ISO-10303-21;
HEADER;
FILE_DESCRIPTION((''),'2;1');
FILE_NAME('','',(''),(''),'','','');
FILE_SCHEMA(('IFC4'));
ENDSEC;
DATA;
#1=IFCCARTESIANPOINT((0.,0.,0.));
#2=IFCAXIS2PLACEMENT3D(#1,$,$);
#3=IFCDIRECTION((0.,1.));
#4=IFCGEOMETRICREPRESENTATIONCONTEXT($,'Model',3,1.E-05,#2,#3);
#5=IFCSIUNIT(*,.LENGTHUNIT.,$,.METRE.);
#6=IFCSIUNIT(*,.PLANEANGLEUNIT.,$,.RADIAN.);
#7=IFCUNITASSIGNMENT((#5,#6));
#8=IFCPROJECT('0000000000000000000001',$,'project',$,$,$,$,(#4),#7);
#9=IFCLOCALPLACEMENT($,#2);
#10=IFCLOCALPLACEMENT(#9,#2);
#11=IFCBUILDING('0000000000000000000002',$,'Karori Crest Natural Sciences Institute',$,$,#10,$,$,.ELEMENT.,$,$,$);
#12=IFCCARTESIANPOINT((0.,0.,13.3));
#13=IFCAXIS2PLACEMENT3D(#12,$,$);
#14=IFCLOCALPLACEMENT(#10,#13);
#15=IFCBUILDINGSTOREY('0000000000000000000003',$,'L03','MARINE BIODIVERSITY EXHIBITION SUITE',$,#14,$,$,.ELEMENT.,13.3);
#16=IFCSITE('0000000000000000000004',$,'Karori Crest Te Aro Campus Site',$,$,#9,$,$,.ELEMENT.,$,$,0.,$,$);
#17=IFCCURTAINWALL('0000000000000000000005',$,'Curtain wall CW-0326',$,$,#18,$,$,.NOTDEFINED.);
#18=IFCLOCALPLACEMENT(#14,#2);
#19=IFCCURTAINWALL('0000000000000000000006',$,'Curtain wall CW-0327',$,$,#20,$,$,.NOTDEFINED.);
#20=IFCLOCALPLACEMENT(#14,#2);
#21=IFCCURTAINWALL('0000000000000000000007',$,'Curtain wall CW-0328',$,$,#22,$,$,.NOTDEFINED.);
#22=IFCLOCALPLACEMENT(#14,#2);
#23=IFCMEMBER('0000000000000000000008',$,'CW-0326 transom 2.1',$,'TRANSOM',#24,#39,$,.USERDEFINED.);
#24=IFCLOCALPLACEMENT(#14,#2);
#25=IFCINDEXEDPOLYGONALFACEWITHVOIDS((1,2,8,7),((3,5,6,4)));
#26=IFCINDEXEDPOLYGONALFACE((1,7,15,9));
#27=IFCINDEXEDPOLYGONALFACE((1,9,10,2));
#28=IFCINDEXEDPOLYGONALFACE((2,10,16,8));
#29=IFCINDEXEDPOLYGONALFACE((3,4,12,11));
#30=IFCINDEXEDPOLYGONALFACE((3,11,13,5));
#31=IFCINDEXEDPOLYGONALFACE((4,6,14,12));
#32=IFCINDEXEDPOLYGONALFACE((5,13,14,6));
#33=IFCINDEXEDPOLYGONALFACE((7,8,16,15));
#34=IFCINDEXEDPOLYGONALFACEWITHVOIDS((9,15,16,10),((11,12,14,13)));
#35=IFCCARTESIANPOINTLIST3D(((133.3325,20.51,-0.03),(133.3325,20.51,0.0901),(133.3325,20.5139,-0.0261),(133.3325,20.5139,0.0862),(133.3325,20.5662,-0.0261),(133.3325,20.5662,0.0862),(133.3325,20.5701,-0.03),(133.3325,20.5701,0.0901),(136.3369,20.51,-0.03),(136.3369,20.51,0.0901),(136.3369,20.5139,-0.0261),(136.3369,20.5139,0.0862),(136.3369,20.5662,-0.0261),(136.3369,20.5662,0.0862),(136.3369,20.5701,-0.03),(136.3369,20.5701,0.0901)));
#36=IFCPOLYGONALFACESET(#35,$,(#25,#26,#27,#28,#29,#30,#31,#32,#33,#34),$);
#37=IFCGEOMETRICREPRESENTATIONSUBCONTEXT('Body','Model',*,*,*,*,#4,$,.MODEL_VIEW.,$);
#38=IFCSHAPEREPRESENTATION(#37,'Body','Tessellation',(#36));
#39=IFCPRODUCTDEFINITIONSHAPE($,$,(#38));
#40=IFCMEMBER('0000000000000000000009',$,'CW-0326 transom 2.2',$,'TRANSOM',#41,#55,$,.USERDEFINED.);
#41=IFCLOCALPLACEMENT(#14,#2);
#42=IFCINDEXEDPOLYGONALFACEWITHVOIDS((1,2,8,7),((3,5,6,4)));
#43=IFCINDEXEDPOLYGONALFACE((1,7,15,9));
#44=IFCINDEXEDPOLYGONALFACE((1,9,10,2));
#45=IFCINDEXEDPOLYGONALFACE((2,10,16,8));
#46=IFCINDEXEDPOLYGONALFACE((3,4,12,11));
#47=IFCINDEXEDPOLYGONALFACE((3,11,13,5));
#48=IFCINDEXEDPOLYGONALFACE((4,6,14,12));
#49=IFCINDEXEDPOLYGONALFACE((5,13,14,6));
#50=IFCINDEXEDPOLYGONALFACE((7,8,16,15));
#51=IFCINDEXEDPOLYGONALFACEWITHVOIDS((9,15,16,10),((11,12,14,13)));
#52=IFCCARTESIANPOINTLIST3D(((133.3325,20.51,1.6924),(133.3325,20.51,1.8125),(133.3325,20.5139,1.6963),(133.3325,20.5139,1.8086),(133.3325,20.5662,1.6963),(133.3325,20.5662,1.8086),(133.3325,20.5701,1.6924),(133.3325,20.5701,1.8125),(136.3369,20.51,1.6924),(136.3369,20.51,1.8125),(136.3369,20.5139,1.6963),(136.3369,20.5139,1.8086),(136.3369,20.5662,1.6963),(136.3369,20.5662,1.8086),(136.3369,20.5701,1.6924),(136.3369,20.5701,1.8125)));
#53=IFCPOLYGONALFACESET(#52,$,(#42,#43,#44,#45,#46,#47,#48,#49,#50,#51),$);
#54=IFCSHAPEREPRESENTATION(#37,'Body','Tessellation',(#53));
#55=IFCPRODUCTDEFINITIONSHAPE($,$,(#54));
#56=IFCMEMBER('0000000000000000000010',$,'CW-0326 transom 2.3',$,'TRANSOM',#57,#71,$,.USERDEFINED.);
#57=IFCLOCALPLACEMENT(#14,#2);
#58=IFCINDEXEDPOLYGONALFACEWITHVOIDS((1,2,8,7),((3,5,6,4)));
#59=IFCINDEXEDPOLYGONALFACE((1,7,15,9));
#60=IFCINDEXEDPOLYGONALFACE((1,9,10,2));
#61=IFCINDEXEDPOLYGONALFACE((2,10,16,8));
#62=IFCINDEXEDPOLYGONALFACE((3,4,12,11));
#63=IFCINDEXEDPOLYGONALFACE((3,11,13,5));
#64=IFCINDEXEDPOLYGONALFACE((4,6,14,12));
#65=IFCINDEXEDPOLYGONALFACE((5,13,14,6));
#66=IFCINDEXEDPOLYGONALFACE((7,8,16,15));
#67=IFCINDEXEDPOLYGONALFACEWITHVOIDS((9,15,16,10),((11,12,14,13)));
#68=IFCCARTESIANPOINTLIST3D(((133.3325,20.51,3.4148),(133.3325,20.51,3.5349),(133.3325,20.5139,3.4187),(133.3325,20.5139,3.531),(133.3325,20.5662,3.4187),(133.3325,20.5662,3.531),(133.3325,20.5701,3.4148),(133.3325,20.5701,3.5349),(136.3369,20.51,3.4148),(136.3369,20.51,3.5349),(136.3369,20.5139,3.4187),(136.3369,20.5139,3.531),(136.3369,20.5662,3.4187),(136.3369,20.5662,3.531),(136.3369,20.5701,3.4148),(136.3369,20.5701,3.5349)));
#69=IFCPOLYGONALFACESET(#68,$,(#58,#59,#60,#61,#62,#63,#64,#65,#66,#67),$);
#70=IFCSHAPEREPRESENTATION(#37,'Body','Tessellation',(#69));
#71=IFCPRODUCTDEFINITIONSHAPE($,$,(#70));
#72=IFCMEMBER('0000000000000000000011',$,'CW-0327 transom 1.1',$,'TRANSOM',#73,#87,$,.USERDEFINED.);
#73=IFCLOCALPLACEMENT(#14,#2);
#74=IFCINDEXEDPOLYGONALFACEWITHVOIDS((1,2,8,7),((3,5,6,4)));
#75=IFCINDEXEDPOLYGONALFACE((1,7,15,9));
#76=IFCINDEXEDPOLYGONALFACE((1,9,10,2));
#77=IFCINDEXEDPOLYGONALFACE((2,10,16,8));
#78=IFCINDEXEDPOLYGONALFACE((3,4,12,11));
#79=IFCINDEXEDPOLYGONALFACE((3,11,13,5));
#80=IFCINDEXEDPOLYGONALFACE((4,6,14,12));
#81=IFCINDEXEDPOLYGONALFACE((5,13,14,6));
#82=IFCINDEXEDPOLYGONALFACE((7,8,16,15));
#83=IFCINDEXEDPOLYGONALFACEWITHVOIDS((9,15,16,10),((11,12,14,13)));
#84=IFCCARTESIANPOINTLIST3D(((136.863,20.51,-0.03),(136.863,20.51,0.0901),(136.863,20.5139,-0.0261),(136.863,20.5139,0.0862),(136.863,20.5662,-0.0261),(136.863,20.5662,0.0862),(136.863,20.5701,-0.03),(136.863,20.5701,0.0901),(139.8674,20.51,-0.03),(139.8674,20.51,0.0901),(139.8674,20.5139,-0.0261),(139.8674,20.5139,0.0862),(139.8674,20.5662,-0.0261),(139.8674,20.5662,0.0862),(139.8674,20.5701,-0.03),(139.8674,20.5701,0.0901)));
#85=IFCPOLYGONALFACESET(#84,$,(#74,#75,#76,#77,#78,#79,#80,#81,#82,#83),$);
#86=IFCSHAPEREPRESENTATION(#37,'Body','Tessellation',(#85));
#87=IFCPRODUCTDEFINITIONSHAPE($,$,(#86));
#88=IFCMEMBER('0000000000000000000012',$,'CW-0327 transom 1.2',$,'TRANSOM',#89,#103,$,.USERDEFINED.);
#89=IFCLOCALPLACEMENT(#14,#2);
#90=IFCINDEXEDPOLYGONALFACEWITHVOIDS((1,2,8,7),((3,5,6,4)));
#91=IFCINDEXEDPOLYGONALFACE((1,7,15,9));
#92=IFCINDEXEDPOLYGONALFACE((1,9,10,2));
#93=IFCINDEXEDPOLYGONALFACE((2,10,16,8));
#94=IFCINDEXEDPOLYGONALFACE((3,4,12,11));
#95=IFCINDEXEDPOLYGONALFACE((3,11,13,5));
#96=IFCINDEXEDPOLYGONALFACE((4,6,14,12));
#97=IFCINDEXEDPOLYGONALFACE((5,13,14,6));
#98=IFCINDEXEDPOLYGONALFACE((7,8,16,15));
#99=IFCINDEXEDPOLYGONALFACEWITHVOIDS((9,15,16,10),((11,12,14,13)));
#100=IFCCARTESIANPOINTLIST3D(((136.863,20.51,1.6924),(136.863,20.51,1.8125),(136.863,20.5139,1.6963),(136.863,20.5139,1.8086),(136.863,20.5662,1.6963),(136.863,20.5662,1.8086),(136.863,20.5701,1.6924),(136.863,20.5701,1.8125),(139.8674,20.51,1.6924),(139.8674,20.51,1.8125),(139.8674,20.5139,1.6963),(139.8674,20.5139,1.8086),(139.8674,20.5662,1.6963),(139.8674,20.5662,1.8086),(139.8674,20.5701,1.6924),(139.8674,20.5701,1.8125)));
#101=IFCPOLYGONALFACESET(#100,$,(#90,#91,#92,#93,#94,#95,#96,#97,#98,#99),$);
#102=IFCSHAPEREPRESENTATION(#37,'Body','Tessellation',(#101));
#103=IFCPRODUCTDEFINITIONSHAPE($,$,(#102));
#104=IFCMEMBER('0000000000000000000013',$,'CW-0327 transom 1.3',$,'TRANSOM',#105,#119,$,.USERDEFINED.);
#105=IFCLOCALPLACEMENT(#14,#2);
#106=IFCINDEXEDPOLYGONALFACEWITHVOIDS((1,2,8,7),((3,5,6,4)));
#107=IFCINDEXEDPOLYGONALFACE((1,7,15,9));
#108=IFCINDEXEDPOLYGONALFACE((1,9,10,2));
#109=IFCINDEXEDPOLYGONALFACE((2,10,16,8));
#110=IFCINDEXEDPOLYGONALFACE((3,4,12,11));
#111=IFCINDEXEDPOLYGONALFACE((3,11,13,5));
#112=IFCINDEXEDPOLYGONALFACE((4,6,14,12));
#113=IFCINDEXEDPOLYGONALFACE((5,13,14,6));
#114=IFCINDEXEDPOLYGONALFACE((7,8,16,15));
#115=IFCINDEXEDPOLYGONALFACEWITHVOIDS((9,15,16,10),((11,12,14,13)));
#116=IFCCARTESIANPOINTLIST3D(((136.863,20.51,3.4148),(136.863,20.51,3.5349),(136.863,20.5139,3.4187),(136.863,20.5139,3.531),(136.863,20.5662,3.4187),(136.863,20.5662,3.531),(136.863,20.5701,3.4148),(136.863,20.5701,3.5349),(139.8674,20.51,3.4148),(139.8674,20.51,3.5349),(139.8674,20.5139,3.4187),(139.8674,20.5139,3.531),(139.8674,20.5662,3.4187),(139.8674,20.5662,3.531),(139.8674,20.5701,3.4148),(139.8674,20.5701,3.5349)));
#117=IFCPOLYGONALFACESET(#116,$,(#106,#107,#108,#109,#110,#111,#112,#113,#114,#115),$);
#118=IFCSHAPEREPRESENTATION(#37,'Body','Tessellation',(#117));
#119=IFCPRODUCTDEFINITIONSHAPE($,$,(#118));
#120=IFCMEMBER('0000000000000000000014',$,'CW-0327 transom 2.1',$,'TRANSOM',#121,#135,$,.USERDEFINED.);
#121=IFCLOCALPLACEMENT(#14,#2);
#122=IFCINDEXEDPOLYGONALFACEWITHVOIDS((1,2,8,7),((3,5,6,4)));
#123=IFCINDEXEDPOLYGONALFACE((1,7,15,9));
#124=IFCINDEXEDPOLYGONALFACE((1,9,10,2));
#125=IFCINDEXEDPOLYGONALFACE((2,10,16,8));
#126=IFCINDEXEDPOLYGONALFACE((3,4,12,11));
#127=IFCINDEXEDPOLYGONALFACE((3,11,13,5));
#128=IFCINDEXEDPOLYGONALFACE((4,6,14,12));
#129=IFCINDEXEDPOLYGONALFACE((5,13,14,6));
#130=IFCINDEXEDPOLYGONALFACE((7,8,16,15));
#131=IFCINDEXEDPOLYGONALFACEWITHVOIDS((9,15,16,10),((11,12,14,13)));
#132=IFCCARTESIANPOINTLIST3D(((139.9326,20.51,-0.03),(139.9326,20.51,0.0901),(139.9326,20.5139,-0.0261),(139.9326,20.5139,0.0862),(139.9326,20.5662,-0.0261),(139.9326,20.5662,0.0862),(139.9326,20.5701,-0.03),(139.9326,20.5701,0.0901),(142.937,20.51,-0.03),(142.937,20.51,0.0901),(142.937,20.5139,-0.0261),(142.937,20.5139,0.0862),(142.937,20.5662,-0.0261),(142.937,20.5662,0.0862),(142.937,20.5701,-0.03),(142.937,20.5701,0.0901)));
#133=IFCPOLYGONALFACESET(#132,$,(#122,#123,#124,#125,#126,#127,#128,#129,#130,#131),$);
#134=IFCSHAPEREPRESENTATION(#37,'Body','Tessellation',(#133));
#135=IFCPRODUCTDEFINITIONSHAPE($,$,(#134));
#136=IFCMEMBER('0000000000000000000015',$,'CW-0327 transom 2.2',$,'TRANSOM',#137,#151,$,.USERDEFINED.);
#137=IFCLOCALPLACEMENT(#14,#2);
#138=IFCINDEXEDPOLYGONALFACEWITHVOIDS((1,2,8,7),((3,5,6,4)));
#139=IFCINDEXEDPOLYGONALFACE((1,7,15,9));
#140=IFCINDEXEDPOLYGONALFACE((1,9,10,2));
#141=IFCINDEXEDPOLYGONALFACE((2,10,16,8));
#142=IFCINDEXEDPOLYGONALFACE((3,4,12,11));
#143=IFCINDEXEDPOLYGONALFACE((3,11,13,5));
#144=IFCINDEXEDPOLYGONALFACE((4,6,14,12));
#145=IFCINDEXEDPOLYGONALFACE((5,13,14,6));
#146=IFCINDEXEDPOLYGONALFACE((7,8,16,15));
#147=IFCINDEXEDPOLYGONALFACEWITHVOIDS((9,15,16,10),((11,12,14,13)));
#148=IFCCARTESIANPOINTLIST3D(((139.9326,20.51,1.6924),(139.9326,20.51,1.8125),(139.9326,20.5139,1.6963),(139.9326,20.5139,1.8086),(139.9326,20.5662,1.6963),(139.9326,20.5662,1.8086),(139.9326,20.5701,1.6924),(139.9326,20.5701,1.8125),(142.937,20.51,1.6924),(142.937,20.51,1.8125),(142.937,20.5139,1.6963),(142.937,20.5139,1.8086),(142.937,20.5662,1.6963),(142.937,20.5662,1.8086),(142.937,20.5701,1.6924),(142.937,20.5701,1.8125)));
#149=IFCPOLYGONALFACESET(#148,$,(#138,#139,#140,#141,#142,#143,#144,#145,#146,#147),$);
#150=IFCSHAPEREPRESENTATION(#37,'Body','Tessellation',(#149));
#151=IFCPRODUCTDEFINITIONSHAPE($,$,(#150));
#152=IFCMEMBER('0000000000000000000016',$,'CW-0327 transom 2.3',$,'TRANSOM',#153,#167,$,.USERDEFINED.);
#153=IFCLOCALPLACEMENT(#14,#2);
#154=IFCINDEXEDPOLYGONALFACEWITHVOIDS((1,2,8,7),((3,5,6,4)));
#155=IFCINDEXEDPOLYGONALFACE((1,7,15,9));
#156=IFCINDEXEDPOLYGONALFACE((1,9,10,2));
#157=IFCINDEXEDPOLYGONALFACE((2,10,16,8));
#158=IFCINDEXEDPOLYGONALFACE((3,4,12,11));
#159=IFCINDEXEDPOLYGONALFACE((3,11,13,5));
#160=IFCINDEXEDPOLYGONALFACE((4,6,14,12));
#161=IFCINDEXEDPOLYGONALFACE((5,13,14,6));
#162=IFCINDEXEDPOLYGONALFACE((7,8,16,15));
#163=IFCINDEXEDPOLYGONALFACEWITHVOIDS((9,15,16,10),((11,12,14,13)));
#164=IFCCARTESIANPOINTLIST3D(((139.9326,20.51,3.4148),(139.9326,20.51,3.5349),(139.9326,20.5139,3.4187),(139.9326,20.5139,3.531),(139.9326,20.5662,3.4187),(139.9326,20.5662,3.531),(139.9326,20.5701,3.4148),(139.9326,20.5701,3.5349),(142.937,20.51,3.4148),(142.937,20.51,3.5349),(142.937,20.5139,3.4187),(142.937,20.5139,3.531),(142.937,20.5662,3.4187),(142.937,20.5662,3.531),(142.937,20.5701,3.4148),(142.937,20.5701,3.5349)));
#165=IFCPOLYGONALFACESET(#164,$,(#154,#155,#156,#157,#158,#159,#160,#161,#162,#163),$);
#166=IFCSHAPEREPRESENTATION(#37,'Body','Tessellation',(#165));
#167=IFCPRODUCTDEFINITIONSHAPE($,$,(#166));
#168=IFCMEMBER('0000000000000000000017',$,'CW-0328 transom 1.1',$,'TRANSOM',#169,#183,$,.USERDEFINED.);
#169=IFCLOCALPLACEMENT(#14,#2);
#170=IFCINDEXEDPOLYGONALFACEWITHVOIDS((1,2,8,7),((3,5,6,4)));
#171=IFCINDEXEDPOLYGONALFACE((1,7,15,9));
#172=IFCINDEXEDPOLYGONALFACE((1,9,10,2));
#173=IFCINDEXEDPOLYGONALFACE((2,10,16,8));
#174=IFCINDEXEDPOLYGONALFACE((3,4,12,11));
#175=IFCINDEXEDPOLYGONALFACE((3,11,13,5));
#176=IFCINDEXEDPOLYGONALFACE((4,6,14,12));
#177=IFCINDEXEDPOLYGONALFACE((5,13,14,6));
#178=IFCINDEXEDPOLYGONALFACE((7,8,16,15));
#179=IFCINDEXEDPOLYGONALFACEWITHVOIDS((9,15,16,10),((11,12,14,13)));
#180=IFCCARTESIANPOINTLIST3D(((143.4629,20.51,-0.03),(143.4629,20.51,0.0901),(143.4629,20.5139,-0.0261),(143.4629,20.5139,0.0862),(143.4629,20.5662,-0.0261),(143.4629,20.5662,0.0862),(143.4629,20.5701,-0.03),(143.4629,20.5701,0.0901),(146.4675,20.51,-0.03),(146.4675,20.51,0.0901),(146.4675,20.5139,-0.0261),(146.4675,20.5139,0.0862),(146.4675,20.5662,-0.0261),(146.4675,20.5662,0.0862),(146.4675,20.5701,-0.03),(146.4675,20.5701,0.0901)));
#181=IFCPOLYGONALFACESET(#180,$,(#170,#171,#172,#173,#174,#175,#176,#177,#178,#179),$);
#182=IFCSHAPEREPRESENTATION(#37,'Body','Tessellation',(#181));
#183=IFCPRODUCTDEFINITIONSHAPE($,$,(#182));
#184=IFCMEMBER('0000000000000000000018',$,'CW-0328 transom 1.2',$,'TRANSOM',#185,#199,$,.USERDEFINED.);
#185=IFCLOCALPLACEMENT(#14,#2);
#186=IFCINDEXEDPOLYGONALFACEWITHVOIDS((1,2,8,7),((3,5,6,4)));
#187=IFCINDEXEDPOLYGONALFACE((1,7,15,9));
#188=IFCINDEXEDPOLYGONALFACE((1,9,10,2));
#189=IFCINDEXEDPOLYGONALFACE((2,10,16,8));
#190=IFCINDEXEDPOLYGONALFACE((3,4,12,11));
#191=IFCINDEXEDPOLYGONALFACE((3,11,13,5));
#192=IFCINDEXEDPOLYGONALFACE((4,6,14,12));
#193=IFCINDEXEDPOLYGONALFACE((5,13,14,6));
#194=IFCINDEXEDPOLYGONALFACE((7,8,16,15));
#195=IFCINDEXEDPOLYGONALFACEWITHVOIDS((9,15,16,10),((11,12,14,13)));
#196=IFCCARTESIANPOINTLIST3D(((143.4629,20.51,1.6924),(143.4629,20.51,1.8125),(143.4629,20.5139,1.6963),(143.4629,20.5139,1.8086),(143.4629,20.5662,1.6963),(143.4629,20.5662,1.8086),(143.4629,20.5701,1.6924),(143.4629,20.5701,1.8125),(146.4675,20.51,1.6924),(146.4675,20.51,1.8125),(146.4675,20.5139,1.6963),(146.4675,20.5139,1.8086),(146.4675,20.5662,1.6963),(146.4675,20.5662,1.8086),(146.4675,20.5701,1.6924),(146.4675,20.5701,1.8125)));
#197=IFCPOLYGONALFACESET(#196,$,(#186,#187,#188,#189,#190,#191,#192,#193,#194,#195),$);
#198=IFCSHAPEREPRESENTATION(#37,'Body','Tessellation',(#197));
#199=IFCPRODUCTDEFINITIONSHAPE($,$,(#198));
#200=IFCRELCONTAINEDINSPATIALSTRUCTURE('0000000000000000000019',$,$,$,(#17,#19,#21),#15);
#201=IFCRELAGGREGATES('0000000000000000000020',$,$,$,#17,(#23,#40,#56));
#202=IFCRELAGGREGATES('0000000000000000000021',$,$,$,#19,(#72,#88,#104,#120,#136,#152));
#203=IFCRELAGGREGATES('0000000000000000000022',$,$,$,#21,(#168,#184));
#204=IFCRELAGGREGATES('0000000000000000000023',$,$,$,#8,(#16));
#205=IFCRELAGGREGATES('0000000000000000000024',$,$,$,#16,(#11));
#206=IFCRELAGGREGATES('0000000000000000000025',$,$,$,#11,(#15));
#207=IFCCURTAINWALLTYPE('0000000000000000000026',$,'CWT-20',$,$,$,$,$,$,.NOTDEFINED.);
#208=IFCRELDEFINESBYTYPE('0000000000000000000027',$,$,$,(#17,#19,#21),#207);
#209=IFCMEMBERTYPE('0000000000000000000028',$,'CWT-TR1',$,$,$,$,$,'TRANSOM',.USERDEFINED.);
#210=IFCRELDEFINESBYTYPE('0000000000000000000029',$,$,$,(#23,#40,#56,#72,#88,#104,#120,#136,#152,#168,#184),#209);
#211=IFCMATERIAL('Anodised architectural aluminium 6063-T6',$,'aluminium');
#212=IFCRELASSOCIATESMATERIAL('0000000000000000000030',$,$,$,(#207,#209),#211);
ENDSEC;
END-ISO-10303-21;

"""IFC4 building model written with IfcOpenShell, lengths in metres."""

from ifc_helpers import new_model, si_unit, direction, frame, origin, origin_2d, place, context, subcontext, project, spatial, hollow_rectangle, extrude, material, material_profile, profile_set, type_object, element, aggregate, save


model = new_model("IFC4")

# Units and contexts
model_context = context("Model", 3, precision=1e-05, world=origin(), true_north=direction((0.0, 1.0)))
body_context = subcontext(model_context, "Body", "Model", "MODEL_VIEW")
ifc_project = project(units=[si_unit("LENGTHUNIT", "METRE"), si_unit("PLANEANGLEUNIT", "RADIAN")], contexts=[model_context])

# Site, building, storey
site_placement = place(None, origin())
site = spatial("IfcSite", under=ifc_project, at=site_placement, Name="Karori Crest Te Aro Campus Site", CompositionType="ELEMENT", RefElevation=0.0)
building_placement = place(site_placement, origin())
building = spatial("IfcBuilding", under=site, at=building_placement, Name="Karori Crest Natural Sciences Institute", CompositionType="ELEMENT")
storey_placement = place(building_placement, frame((0.0, 0.0, 13.3)))
storey = spatial("IfcBuildingStorey", under=building, at=storey_placement, Name="L03", Description="MARINE BIODIVERSITY EXHIBITION SUITE", CompositionType="ELEMENT", Elevation=13.3)

# Curtain walls
ifc_material_1 = material(Name="Anodised architectural aluminium 6063-T6", Category="aluminium")
curtain_wall_type = type_object("IfcCurtainWallType", Name="CWT-20", PredefinedType="NOTDEFINED", material=ifc_material_1)
curtain_wall_1_placement = place(storey_placement, origin())
curtain_wall_1 = element("IfcCurtainWall", 1, at=curtain_wall_1_placement, inside=storey, type_object=curtain_wall_type, Name="Curtain wall CW-0326", PredefinedType="NOTDEFINED")
curtain_wall_2_placement = place(storey_placement, origin())
curtain_wall_2 = element("IfcCurtainWall", 2, at=curtain_wall_2_placement, inside=storey, type_object=curtain_wall_type, Name="Curtain wall CW-0327", PredefinedType="NOTDEFINED")
curtain_wall_3_placement = place(storey_placement, origin())
curtain_wall_3 = element("IfcCurtainWall", 3, at=curtain_wall_3_placement, inside=storey, type_object=curtain_wall_type, Name="Curtain wall CW-0328", PredefinedType="NOTDEFINED")

# Members
ifc_material_profile_1 = material_profile(ifc_material_1, hollow_rectangle(XDim=0.0601, YDim=0.1201, WallThickness=0.0039, at=origin_2d()), Name="CWT120x60x4")
ifc_profile_set_1 = profile_set([ifc_material_profile_1], Name="Anodised architectural aluminium 6063-T6")
member_type_1 = type_object("IfcMemberType", Name="CWT-TR1", ElementType="TRANSOM", PredefinedType="USERDEFINED", material=ifc_profile_set_1)
member_1_placement = place(storey_placement, frame((133.3325, 20.54, 0.03), z_axis=(1.0, 0.0, 0.0), x_axis=(0.0, 1.0, 0.0)))
member_1 = element("IfcMember", 4, at=member_1_placement, type_object=member_type_1, Name="CW-0326 transom 2.1", ObjectType="TRANSOM", PredefinedType="USERDEFINED", context=body_context, shape_type="SweptSolid", body=[
    extrude(hollow_rectangle(XDim=0.0601, YDim=0.1201, WallThickness=0.0039, at=origin_2d()), origin(), (0.0, 0.0, 1.0), 3.0044),
])
member_2_placement = place(storey_placement, frame((133.3325, 20.54, 1.7524), z_axis=(1.0, 0.0, 0.0), x_axis=(0.0, 1.0, 0.0)))
member_2 = element("IfcMember", 5, at=member_2_placement, type_object=member_type_1, Name="CW-0326 transom 2.2", ObjectType="TRANSOM", PredefinedType="USERDEFINED", context=body_context, shape_type="SweptSolid", body=[
    extrude(hollow_rectangle(XDim=0.0601, YDim=0.1201, WallThickness=0.0039, at=origin_2d()), origin(), (0.0, 0.0, 1.0), 3.0044),
])
member_3_placement = place(storey_placement, frame((133.3325, 20.54, 3.4749), z_axis=(1.0, 0.0, 0.0), x_axis=(0.0, 1.0, 0.0)))
member_3 = element("IfcMember", 6, at=member_3_placement, type_object=member_type_1, Name="CW-0326 transom 2.3", ObjectType="TRANSOM", PredefinedType="USERDEFINED", context=body_context, shape_type="SweptSolid", body=[
    extrude(hollow_rectangle(XDim=0.0601, YDim=0.1201, WallThickness=0.0039, at=origin_2d()), origin(), (0.0, 0.0, 1.0), 3.0044),
])
member_4_placement = place(storey_placement, frame((136.863, 20.54, 0.03), z_axis=(1.0, 0.0, 0.0), x_axis=(0.0, 1.0, 0.0)))
member_4 = element("IfcMember", 7, at=member_4_placement, type_object=member_type_1, Name="CW-0327 transom 1.1", ObjectType="TRANSOM", PredefinedType="USERDEFINED", context=body_context, shape_type="SweptSolid", body=[
    extrude(hollow_rectangle(XDim=0.0601, YDim=0.1201, WallThickness=0.0039, at=origin_2d()), origin(), (0.0, 0.0, 1.0), 3.0044),
])
member_5_placement = place(storey_placement, frame((136.863, 20.54, 1.7524), z_axis=(1.0, 0.0, 0.0), x_axis=(0.0, 1.0, 0.0)))
member_5 = element("IfcMember", 8, at=member_5_placement, type_object=member_type_1, Name="CW-0327 transom 1.2", ObjectType="TRANSOM", PredefinedType="USERDEFINED", context=body_context, shape_type="SweptSolid", body=[
    extrude(hollow_rectangle(XDim=0.0601, YDim=0.1201, WallThickness=0.0039, at=origin_2d()), origin(), (0.0, 0.0, 1.0), 3.0044),
])
member_6_placement = place(storey_placement, frame((136.863, 20.54, 3.4749), z_axis=(1.0, 0.0, 0.0), x_axis=(0.0, 1.0, 0.0)))
member_6 = element("IfcMember", 9, at=member_6_placement, type_object=member_type_1, Name="CW-0327 transom 1.3", ObjectType="TRANSOM", PredefinedType="USERDEFINED", context=body_context, shape_type="SweptSolid", body=[
    extrude(hollow_rectangle(XDim=0.0601, YDim=0.1201, WallThickness=0.0039, at=origin_2d()), origin(), (0.0, 0.0, 1.0), 3.0044),
])
member_7_placement = place(storey_placement, frame((139.9326, 20.54, 0.03), z_axis=(1.0, 0.0, 0.0), x_axis=(0.0, 1.0, 0.0)))
member_7 = element("IfcMember", 10, at=member_7_placement, type_object=member_type_1, Name="CW-0327 transom 2.1", ObjectType="TRANSOM", PredefinedType="USERDEFINED", context=body_context, shape_type="SweptSolid", body=[
    extrude(hollow_rectangle(XDim=0.0601, YDim=0.1201, WallThickness=0.0039, at=origin_2d()), origin(), (0.0, 0.0, 1.0), 3.0044),
])
member_8_placement = place(storey_placement, frame((139.9326, 20.54, 1.7524), z_axis=(1.0, 0.0, 0.0), x_axis=(0.0, 1.0, 0.0)))
member_8 = element("IfcMember", 11, at=member_8_placement, type_object=member_type_1, Name="CW-0327 transom 2.2", ObjectType="TRANSOM", PredefinedType="USERDEFINED", context=body_context, shape_type="SweptSolid", body=[
    extrude(hollow_rectangle(XDim=0.0601, YDim=0.1201, WallThickness=0.0039, at=origin_2d()), origin(), (0.0, 0.0, 1.0), 3.0044),
])
member_9_placement = place(storey_placement, frame((139.9326, 20.54, 3.4749), z_axis=(1.0, 0.0, 0.0), x_axis=(0.0, 1.0, 0.0)))
member_9 = element("IfcMember", 12, at=member_9_placement, type_object=member_type_1, Name="CW-0327 transom 2.3", ObjectType="TRANSOM", PredefinedType="USERDEFINED", context=body_context, shape_type="SweptSolid", body=[
    extrude(hollow_rectangle(XDim=0.0601, YDim=0.1201, WallThickness=0.0039, at=origin_2d()), origin(), (0.0, 0.0, 1.0), 3.0044),
])
member_10_placement = place(storey_placement, frame((143.4629, 20.54, 0.03), z_axis=(1.0, 0.0, 0.0), x_axis=(0.0, 1.0, 0.0)))
member_10 = element("IfcMember", 13, at=member_10_placement, type_object=member_type_1, Name="CW-0328 transom 1.1", ObjectType="TRANSOM", PredefinedType="USERDEFINED", context=body_context, shape_type="SweptSolid", body=[
    extrude(hollow_rectangle(XDim=0.0601, YDim=0.1201, WallThickness=0.0039, at=origin_2d()), origin(), (0.0, 0.0, 1.0), 3.0046),
])
member_11_placement = place(storey_placement, frame((143.4629, 20.54, 1.7524), z_axis=(1.0, 0.0, 0.0), x_axis=(0.0, 1.0, 0.0)))
member_11 = element("IfcMember", 14, at=member_11_placement, type_object=member_type_1, Name="CW-0328 transom 1.2", ObjectType="TRANSOM", PredefinedType="USERDEFINED", context=body_context, shape_type="SweptSolid", body=[
    extrude(hollow_rectangle(XDim=0.0601, YDim=0.1201, WallThickness=0.0039, at=origin_2d()), origin(), (0.0, 0.0, 1.0), 3.0046),
])

aggregate(curtain_wall_1, [member_1, member_2, member_3])
aggregate(curtain_wall_2, [member_4, member_5, member_6, member_7, member_8, member_9])
aggregate(curtain_wall_3, [member_10, member_11])

save(model, "model.ifc")
